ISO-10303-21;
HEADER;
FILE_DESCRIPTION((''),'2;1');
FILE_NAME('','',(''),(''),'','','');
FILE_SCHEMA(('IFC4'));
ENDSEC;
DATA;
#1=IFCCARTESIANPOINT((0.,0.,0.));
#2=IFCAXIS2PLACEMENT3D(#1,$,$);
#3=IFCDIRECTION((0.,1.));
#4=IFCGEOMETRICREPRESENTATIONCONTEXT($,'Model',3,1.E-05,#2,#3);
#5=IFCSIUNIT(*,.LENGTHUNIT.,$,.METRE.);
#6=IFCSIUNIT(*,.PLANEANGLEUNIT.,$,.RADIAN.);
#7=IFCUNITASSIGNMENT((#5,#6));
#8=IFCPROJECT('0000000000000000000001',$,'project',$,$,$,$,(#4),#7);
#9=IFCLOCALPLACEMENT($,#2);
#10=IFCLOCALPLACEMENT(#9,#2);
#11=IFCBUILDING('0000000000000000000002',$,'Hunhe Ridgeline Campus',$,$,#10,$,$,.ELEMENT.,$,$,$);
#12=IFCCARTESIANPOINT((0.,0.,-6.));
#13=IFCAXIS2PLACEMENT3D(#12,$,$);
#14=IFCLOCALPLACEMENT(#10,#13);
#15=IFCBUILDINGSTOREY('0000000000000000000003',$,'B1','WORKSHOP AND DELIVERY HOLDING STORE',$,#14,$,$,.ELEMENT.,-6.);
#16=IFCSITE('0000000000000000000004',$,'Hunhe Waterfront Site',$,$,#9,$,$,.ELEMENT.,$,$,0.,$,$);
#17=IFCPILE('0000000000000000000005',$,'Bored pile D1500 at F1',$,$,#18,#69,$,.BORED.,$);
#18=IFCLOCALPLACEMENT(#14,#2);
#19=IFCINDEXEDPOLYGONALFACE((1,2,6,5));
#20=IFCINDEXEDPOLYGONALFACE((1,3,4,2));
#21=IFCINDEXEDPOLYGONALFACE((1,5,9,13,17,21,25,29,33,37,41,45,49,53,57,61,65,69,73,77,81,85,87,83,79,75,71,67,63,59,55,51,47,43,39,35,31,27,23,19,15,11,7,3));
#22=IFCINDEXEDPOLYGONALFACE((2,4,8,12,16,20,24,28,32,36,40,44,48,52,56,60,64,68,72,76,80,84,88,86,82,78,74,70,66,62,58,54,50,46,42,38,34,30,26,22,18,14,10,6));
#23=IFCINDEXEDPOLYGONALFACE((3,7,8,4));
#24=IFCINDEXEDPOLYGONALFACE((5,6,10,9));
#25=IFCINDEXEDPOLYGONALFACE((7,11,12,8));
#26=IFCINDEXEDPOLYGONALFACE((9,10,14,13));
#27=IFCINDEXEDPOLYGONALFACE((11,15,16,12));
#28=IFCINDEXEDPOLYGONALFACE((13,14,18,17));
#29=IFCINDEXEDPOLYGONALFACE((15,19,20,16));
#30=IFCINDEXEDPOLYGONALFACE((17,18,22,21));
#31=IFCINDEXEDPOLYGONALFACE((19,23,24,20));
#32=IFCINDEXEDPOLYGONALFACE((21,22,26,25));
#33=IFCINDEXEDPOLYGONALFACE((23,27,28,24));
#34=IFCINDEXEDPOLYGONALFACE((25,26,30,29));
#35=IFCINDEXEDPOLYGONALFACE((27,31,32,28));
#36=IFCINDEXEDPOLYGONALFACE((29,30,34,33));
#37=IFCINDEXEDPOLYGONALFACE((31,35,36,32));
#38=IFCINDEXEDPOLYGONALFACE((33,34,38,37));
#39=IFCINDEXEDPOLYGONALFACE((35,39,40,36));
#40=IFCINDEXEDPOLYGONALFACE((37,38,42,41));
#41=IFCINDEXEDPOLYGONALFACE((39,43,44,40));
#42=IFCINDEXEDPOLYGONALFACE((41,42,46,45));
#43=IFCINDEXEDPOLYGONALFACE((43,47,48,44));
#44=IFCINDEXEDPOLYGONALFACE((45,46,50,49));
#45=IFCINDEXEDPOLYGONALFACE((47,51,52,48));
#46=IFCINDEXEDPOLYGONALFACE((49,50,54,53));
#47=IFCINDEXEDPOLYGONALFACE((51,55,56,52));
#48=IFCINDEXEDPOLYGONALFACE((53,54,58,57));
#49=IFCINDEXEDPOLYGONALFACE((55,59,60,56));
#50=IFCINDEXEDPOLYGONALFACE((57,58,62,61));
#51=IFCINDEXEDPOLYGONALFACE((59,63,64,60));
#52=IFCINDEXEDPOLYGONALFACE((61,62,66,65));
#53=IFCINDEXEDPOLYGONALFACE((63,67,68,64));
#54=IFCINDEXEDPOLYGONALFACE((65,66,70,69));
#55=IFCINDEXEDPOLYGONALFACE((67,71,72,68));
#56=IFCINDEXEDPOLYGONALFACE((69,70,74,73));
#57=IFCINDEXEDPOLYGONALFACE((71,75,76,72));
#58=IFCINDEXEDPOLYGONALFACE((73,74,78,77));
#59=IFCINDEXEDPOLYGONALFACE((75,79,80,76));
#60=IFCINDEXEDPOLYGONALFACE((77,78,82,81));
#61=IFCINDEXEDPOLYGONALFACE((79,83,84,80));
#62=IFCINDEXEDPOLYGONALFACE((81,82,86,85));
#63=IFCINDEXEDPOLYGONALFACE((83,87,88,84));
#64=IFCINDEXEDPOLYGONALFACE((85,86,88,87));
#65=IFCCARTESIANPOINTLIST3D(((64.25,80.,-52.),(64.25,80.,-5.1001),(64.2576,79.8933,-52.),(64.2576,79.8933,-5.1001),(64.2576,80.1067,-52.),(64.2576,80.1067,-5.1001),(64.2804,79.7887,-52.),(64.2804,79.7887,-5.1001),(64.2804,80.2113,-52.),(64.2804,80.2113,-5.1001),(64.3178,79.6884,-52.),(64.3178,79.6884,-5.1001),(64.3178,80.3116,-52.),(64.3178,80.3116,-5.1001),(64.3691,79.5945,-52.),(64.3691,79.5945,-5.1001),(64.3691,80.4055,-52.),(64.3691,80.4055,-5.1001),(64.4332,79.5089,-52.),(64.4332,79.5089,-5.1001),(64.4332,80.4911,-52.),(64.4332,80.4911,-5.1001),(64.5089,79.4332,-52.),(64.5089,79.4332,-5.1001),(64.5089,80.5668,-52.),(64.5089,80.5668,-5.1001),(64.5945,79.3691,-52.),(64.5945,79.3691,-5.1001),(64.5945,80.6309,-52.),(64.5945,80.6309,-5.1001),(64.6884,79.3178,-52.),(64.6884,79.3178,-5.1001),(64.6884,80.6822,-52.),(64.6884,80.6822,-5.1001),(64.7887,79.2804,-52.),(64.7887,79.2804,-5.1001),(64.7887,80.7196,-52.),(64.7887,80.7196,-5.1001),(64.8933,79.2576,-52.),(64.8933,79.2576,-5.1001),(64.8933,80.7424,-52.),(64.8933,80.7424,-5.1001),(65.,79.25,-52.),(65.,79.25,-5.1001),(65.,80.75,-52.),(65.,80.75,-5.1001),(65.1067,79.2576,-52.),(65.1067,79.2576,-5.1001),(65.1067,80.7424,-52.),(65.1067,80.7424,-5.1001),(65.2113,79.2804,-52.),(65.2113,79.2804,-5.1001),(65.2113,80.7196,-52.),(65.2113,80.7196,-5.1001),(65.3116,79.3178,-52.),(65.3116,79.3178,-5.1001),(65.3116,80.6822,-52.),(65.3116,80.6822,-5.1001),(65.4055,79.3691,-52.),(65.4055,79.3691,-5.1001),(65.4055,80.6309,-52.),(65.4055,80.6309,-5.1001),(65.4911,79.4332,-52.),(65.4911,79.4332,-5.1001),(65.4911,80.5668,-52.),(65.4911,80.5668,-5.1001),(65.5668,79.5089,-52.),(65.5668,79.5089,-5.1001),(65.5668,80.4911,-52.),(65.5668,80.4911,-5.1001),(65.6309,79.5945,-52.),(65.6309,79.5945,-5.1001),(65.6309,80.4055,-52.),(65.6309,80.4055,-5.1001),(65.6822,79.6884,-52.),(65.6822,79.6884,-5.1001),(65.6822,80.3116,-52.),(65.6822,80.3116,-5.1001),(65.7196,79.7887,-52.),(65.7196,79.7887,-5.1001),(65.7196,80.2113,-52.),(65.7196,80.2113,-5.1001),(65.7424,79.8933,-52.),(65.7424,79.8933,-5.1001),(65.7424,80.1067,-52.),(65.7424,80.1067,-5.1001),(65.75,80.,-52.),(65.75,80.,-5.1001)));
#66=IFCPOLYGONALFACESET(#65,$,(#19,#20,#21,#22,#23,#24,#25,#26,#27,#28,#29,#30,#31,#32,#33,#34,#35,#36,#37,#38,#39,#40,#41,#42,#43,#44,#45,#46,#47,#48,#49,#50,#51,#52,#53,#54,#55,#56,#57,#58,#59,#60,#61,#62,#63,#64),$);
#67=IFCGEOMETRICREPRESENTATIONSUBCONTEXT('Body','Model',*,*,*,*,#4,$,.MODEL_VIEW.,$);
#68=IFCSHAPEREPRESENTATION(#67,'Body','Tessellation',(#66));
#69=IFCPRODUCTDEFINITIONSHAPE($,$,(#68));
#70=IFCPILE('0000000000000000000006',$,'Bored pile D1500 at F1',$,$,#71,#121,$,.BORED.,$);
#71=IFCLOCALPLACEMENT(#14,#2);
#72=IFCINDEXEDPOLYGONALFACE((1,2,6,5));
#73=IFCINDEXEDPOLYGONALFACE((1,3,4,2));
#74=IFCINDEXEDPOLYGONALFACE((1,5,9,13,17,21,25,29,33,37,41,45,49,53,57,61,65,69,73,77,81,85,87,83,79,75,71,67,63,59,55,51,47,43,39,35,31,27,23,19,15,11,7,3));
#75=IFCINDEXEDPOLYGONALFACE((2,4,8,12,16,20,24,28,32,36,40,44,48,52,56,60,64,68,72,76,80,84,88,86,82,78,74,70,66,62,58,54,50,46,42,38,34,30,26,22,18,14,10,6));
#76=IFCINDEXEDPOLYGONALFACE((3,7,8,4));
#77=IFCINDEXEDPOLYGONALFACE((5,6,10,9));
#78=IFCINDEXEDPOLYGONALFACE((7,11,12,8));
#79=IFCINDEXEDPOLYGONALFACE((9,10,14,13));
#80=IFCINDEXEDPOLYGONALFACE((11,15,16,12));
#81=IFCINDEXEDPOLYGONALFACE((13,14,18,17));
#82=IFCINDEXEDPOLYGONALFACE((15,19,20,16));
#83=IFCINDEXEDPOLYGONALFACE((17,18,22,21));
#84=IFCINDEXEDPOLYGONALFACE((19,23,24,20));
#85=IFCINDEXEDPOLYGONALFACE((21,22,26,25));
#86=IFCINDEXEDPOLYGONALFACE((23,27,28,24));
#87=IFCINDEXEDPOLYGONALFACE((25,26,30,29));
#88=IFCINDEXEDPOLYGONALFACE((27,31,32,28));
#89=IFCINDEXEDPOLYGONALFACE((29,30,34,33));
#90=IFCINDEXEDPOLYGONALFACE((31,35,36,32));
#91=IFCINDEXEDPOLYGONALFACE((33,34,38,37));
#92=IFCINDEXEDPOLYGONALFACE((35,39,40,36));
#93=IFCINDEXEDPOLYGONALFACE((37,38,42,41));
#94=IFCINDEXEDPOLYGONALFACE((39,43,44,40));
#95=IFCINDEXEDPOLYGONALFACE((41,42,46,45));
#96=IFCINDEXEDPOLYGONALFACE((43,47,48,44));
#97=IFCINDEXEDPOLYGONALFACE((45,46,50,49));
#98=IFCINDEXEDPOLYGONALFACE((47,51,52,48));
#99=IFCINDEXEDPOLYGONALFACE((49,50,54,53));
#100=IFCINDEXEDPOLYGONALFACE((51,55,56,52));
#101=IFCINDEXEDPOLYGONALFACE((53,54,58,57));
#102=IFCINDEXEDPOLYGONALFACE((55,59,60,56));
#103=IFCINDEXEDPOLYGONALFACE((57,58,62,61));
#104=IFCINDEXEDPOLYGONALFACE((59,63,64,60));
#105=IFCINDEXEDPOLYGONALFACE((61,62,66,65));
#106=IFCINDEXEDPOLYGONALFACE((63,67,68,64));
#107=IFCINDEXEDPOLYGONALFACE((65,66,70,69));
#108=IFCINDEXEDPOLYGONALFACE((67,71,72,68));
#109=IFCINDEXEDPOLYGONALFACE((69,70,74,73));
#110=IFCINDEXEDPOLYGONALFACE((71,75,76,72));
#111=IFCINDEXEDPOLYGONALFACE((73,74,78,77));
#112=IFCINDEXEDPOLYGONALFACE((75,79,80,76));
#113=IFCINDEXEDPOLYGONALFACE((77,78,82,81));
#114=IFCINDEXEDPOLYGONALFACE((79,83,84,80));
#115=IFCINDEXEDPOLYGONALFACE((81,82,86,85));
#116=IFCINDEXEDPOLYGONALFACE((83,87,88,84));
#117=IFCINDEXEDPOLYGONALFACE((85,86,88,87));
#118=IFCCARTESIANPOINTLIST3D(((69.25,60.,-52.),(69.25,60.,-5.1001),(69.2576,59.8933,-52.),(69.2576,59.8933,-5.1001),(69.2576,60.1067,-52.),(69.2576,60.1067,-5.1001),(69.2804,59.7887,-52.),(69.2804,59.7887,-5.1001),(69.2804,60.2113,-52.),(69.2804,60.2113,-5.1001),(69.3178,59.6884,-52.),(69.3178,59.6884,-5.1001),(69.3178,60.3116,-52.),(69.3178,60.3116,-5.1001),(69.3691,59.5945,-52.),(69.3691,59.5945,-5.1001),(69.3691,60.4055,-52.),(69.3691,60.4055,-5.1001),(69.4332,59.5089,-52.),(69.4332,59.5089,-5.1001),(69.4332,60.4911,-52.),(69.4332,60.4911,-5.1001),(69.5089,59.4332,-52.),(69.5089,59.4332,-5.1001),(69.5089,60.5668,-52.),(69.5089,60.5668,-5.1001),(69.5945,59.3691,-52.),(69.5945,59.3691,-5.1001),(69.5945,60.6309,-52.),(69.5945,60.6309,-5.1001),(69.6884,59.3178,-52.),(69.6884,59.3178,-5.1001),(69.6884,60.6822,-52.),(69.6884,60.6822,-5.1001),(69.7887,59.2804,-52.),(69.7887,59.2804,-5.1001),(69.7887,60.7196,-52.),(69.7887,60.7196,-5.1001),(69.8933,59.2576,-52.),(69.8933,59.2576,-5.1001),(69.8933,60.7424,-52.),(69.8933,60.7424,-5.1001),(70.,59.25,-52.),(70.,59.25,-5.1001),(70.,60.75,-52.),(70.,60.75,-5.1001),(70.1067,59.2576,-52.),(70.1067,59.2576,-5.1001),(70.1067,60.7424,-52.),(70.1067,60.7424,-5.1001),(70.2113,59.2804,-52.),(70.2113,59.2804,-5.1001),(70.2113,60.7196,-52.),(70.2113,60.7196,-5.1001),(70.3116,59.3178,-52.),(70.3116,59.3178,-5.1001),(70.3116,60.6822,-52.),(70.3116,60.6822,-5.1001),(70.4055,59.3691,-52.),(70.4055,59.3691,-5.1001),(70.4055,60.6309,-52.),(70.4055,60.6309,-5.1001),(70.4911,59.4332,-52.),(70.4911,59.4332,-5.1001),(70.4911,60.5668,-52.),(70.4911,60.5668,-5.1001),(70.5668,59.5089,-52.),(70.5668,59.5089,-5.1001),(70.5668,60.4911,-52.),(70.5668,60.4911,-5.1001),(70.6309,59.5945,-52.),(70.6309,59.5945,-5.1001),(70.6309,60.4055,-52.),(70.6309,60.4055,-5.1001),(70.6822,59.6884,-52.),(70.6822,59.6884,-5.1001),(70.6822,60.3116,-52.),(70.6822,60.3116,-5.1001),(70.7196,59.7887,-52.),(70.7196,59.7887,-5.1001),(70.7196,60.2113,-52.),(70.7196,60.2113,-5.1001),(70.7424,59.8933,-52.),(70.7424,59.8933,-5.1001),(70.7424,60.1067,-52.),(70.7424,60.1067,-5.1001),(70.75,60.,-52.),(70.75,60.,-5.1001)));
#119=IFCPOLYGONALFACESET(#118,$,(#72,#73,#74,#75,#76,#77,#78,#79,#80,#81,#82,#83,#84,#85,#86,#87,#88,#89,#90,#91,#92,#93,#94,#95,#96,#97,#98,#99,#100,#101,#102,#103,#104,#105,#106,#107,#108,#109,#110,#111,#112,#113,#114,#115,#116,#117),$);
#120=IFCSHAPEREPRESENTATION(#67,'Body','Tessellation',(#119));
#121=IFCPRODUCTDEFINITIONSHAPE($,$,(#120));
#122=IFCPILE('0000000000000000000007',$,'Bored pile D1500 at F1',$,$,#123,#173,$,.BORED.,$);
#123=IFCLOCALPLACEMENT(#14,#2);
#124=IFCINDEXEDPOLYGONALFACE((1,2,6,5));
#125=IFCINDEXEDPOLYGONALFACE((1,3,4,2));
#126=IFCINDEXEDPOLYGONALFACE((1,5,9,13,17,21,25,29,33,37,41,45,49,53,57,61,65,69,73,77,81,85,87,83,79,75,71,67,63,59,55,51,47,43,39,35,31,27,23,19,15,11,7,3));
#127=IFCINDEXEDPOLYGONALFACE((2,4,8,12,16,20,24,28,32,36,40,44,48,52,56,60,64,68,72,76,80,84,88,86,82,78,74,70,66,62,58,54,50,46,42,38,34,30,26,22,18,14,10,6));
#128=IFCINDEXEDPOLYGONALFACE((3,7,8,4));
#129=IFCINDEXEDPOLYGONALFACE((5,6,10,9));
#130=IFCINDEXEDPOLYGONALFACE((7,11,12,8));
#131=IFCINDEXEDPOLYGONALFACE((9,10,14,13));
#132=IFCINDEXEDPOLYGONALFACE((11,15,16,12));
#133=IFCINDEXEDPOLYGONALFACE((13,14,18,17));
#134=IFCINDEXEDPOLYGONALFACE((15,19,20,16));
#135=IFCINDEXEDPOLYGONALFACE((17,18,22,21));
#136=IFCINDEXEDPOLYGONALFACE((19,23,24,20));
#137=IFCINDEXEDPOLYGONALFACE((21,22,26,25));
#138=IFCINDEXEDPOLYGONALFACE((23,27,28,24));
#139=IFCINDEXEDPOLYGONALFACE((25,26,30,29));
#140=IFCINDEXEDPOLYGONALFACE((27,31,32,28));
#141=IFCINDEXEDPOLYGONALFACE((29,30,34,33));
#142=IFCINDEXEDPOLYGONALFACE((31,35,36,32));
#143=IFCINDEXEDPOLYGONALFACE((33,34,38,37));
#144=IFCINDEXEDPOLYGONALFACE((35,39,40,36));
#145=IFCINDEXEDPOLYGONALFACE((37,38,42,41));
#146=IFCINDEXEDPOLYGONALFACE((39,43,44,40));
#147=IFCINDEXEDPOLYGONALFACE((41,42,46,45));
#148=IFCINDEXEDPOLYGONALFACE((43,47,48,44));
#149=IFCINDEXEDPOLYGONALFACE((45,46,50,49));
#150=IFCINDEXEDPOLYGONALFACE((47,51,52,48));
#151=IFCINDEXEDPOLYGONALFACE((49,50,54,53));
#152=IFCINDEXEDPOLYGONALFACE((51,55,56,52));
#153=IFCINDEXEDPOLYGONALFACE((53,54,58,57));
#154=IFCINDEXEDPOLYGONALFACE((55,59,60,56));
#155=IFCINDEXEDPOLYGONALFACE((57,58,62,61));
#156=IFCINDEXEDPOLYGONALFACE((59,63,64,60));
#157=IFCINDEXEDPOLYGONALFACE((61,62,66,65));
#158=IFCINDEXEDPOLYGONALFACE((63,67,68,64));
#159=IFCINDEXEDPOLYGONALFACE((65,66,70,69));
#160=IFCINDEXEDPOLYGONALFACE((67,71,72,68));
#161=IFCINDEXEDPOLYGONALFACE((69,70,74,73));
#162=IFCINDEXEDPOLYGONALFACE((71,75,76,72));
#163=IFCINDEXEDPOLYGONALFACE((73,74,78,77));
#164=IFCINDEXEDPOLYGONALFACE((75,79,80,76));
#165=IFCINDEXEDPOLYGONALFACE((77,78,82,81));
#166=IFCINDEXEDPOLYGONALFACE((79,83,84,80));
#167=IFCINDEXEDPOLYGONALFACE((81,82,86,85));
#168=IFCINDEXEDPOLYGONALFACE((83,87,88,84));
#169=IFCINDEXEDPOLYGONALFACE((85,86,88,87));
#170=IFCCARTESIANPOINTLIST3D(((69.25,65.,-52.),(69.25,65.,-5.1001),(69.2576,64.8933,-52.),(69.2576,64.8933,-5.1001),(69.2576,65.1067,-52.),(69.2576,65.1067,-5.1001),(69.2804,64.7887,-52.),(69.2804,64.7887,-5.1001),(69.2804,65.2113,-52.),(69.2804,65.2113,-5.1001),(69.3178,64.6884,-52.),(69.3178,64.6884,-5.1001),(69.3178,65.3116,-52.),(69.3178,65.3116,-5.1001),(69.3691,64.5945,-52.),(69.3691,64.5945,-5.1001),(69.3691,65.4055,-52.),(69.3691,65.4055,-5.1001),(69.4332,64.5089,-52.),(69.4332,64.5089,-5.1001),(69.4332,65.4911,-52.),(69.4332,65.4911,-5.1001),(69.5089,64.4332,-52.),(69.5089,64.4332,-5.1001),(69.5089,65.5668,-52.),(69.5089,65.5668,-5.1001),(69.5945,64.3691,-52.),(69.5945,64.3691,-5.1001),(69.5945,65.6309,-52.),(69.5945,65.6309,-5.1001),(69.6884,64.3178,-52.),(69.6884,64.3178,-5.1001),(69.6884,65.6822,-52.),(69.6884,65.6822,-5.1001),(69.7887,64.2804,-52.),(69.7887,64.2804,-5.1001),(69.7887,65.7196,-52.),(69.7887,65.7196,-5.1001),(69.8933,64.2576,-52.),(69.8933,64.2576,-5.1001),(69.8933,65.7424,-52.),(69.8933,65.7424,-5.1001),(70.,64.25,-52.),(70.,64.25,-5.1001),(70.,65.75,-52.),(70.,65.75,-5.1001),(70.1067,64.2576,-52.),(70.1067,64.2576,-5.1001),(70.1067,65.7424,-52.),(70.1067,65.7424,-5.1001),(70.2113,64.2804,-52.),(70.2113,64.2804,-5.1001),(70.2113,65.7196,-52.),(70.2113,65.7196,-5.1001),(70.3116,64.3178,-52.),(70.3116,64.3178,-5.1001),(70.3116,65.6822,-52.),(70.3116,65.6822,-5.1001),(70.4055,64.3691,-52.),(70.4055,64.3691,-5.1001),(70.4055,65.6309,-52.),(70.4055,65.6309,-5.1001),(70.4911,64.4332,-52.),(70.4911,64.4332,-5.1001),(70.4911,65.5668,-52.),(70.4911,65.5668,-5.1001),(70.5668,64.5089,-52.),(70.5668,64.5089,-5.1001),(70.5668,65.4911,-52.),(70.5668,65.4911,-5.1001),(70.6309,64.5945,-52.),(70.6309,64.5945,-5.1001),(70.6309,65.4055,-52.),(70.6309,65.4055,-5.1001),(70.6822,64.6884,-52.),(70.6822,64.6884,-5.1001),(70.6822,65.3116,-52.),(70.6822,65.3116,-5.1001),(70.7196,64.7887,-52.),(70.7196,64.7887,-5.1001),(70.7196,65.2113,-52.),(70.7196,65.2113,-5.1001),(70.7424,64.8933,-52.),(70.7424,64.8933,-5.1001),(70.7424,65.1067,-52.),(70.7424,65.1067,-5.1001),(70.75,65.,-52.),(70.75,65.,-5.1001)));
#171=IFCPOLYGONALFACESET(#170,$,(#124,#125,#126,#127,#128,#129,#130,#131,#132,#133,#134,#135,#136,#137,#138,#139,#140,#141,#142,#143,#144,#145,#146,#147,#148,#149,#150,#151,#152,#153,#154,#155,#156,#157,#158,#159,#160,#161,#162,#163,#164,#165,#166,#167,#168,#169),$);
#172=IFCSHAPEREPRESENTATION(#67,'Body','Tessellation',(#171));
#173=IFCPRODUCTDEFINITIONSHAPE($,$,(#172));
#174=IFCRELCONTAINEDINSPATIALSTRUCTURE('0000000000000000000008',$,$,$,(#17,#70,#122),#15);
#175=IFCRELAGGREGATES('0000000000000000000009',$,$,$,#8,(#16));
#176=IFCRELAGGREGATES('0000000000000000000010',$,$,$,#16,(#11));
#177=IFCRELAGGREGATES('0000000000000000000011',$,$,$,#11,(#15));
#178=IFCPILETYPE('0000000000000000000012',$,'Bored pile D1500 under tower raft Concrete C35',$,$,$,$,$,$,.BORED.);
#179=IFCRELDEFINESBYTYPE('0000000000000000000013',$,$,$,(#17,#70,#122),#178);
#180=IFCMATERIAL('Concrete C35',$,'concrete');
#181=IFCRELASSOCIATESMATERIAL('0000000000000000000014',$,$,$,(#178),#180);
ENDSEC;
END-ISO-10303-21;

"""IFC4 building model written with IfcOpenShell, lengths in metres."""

from ifc_helpers import new_model, si_unit, direction, frame, origin, origin_2d, place, context, subcontext, project, spatial, circle, extrude, material, material_profile, profile_set, type_object, element, save


model = new_model("IFC4")

# Units and contexts
model_context = context("Model", 3, precision=1e-05, world=origin(), true_north=direction((0.0, 1.0)))
body_context = subcontext(model_context, "Body", "Model", "MODEL_VIEW")
ifc_project = project(units=[si_unit("LENGTHUNIT", "METRE"), si_unit("PLANEANGLEUNIT", "RADIAN")], contexts=[model_context])

# Site, building, storey
site_placement = place(None, origin())
site = spatial("IfcSite", under=ifc_project, at=site_placement, Name="Hunhe Waterfront Site", CompositionType="ELEMENT", RefElevation=0.0)
building_placement = place(site_placement, origin())
building = spatial("IfcBuilding", under=site, at=building_placement, Name="Hunhe Ridgeline Campus", CompositionType="ELEMENT")
storey_placement = place(building_placement, frame((0.0, 0.0, -6.0)))
storey = spatial("IfcBuildingStorey", under=building, at=storey_placement, Name="B1", Description="WORKSHOP AND DELIVERY HOLDING STORE", CompositionType="ELEMENT", Elevation=-6.0)

# Piles
ifc_material_1 = material(Name="Concrete C35", Category="concrete")
ifc_material_profile_1 = material_profile(ifc_material_1, circle(Radius=0.75, at=origin_2d()))
ifc_profile_set_1 = profile_set([ifc_material_profile_1], Name="Concrete C35")
pile_type = type_object("IfcPileType", Name="Bored pile D1500 under tower raft Concrete C35", PredefinedType="BORED", material=ifc_profile_set_1)
for number, where, z_axis, x_axis, name in (
    (1, (65.0, 80.0, -5.1001), (0.0, 0.0, -1.0), (1.0, 0.0, 0.0), "Bored pile D1500 at F1"),
    (2, (70.0, 60.0, -5.1001), (0.0, 0.0, -1.0), (1.0, 0.0, 0.0), "Bored pile D1500 at F1"),
    (3, (70.0, 65.0, -5.1001), (0.0, 0.0, -1.0), (1.0, 0.0, 0.0), "Bored pile D1500 at F1"),
):
    element("IfcPile", number, at=place(storey_placement, frame(where, z_axis=z_axis, x_axis=x_axis)), inside=storey, type_object=pile_type, Name=name, PredefinedType="BORED", context=body_context, shape_type="SweptSolid", body=[
        extrude(circle(Radius=0.75, at=origin_2d()), origin(), (0.0, 0.0, 1.0), 46.8999),
    ])

save(model, "model.ifc")
